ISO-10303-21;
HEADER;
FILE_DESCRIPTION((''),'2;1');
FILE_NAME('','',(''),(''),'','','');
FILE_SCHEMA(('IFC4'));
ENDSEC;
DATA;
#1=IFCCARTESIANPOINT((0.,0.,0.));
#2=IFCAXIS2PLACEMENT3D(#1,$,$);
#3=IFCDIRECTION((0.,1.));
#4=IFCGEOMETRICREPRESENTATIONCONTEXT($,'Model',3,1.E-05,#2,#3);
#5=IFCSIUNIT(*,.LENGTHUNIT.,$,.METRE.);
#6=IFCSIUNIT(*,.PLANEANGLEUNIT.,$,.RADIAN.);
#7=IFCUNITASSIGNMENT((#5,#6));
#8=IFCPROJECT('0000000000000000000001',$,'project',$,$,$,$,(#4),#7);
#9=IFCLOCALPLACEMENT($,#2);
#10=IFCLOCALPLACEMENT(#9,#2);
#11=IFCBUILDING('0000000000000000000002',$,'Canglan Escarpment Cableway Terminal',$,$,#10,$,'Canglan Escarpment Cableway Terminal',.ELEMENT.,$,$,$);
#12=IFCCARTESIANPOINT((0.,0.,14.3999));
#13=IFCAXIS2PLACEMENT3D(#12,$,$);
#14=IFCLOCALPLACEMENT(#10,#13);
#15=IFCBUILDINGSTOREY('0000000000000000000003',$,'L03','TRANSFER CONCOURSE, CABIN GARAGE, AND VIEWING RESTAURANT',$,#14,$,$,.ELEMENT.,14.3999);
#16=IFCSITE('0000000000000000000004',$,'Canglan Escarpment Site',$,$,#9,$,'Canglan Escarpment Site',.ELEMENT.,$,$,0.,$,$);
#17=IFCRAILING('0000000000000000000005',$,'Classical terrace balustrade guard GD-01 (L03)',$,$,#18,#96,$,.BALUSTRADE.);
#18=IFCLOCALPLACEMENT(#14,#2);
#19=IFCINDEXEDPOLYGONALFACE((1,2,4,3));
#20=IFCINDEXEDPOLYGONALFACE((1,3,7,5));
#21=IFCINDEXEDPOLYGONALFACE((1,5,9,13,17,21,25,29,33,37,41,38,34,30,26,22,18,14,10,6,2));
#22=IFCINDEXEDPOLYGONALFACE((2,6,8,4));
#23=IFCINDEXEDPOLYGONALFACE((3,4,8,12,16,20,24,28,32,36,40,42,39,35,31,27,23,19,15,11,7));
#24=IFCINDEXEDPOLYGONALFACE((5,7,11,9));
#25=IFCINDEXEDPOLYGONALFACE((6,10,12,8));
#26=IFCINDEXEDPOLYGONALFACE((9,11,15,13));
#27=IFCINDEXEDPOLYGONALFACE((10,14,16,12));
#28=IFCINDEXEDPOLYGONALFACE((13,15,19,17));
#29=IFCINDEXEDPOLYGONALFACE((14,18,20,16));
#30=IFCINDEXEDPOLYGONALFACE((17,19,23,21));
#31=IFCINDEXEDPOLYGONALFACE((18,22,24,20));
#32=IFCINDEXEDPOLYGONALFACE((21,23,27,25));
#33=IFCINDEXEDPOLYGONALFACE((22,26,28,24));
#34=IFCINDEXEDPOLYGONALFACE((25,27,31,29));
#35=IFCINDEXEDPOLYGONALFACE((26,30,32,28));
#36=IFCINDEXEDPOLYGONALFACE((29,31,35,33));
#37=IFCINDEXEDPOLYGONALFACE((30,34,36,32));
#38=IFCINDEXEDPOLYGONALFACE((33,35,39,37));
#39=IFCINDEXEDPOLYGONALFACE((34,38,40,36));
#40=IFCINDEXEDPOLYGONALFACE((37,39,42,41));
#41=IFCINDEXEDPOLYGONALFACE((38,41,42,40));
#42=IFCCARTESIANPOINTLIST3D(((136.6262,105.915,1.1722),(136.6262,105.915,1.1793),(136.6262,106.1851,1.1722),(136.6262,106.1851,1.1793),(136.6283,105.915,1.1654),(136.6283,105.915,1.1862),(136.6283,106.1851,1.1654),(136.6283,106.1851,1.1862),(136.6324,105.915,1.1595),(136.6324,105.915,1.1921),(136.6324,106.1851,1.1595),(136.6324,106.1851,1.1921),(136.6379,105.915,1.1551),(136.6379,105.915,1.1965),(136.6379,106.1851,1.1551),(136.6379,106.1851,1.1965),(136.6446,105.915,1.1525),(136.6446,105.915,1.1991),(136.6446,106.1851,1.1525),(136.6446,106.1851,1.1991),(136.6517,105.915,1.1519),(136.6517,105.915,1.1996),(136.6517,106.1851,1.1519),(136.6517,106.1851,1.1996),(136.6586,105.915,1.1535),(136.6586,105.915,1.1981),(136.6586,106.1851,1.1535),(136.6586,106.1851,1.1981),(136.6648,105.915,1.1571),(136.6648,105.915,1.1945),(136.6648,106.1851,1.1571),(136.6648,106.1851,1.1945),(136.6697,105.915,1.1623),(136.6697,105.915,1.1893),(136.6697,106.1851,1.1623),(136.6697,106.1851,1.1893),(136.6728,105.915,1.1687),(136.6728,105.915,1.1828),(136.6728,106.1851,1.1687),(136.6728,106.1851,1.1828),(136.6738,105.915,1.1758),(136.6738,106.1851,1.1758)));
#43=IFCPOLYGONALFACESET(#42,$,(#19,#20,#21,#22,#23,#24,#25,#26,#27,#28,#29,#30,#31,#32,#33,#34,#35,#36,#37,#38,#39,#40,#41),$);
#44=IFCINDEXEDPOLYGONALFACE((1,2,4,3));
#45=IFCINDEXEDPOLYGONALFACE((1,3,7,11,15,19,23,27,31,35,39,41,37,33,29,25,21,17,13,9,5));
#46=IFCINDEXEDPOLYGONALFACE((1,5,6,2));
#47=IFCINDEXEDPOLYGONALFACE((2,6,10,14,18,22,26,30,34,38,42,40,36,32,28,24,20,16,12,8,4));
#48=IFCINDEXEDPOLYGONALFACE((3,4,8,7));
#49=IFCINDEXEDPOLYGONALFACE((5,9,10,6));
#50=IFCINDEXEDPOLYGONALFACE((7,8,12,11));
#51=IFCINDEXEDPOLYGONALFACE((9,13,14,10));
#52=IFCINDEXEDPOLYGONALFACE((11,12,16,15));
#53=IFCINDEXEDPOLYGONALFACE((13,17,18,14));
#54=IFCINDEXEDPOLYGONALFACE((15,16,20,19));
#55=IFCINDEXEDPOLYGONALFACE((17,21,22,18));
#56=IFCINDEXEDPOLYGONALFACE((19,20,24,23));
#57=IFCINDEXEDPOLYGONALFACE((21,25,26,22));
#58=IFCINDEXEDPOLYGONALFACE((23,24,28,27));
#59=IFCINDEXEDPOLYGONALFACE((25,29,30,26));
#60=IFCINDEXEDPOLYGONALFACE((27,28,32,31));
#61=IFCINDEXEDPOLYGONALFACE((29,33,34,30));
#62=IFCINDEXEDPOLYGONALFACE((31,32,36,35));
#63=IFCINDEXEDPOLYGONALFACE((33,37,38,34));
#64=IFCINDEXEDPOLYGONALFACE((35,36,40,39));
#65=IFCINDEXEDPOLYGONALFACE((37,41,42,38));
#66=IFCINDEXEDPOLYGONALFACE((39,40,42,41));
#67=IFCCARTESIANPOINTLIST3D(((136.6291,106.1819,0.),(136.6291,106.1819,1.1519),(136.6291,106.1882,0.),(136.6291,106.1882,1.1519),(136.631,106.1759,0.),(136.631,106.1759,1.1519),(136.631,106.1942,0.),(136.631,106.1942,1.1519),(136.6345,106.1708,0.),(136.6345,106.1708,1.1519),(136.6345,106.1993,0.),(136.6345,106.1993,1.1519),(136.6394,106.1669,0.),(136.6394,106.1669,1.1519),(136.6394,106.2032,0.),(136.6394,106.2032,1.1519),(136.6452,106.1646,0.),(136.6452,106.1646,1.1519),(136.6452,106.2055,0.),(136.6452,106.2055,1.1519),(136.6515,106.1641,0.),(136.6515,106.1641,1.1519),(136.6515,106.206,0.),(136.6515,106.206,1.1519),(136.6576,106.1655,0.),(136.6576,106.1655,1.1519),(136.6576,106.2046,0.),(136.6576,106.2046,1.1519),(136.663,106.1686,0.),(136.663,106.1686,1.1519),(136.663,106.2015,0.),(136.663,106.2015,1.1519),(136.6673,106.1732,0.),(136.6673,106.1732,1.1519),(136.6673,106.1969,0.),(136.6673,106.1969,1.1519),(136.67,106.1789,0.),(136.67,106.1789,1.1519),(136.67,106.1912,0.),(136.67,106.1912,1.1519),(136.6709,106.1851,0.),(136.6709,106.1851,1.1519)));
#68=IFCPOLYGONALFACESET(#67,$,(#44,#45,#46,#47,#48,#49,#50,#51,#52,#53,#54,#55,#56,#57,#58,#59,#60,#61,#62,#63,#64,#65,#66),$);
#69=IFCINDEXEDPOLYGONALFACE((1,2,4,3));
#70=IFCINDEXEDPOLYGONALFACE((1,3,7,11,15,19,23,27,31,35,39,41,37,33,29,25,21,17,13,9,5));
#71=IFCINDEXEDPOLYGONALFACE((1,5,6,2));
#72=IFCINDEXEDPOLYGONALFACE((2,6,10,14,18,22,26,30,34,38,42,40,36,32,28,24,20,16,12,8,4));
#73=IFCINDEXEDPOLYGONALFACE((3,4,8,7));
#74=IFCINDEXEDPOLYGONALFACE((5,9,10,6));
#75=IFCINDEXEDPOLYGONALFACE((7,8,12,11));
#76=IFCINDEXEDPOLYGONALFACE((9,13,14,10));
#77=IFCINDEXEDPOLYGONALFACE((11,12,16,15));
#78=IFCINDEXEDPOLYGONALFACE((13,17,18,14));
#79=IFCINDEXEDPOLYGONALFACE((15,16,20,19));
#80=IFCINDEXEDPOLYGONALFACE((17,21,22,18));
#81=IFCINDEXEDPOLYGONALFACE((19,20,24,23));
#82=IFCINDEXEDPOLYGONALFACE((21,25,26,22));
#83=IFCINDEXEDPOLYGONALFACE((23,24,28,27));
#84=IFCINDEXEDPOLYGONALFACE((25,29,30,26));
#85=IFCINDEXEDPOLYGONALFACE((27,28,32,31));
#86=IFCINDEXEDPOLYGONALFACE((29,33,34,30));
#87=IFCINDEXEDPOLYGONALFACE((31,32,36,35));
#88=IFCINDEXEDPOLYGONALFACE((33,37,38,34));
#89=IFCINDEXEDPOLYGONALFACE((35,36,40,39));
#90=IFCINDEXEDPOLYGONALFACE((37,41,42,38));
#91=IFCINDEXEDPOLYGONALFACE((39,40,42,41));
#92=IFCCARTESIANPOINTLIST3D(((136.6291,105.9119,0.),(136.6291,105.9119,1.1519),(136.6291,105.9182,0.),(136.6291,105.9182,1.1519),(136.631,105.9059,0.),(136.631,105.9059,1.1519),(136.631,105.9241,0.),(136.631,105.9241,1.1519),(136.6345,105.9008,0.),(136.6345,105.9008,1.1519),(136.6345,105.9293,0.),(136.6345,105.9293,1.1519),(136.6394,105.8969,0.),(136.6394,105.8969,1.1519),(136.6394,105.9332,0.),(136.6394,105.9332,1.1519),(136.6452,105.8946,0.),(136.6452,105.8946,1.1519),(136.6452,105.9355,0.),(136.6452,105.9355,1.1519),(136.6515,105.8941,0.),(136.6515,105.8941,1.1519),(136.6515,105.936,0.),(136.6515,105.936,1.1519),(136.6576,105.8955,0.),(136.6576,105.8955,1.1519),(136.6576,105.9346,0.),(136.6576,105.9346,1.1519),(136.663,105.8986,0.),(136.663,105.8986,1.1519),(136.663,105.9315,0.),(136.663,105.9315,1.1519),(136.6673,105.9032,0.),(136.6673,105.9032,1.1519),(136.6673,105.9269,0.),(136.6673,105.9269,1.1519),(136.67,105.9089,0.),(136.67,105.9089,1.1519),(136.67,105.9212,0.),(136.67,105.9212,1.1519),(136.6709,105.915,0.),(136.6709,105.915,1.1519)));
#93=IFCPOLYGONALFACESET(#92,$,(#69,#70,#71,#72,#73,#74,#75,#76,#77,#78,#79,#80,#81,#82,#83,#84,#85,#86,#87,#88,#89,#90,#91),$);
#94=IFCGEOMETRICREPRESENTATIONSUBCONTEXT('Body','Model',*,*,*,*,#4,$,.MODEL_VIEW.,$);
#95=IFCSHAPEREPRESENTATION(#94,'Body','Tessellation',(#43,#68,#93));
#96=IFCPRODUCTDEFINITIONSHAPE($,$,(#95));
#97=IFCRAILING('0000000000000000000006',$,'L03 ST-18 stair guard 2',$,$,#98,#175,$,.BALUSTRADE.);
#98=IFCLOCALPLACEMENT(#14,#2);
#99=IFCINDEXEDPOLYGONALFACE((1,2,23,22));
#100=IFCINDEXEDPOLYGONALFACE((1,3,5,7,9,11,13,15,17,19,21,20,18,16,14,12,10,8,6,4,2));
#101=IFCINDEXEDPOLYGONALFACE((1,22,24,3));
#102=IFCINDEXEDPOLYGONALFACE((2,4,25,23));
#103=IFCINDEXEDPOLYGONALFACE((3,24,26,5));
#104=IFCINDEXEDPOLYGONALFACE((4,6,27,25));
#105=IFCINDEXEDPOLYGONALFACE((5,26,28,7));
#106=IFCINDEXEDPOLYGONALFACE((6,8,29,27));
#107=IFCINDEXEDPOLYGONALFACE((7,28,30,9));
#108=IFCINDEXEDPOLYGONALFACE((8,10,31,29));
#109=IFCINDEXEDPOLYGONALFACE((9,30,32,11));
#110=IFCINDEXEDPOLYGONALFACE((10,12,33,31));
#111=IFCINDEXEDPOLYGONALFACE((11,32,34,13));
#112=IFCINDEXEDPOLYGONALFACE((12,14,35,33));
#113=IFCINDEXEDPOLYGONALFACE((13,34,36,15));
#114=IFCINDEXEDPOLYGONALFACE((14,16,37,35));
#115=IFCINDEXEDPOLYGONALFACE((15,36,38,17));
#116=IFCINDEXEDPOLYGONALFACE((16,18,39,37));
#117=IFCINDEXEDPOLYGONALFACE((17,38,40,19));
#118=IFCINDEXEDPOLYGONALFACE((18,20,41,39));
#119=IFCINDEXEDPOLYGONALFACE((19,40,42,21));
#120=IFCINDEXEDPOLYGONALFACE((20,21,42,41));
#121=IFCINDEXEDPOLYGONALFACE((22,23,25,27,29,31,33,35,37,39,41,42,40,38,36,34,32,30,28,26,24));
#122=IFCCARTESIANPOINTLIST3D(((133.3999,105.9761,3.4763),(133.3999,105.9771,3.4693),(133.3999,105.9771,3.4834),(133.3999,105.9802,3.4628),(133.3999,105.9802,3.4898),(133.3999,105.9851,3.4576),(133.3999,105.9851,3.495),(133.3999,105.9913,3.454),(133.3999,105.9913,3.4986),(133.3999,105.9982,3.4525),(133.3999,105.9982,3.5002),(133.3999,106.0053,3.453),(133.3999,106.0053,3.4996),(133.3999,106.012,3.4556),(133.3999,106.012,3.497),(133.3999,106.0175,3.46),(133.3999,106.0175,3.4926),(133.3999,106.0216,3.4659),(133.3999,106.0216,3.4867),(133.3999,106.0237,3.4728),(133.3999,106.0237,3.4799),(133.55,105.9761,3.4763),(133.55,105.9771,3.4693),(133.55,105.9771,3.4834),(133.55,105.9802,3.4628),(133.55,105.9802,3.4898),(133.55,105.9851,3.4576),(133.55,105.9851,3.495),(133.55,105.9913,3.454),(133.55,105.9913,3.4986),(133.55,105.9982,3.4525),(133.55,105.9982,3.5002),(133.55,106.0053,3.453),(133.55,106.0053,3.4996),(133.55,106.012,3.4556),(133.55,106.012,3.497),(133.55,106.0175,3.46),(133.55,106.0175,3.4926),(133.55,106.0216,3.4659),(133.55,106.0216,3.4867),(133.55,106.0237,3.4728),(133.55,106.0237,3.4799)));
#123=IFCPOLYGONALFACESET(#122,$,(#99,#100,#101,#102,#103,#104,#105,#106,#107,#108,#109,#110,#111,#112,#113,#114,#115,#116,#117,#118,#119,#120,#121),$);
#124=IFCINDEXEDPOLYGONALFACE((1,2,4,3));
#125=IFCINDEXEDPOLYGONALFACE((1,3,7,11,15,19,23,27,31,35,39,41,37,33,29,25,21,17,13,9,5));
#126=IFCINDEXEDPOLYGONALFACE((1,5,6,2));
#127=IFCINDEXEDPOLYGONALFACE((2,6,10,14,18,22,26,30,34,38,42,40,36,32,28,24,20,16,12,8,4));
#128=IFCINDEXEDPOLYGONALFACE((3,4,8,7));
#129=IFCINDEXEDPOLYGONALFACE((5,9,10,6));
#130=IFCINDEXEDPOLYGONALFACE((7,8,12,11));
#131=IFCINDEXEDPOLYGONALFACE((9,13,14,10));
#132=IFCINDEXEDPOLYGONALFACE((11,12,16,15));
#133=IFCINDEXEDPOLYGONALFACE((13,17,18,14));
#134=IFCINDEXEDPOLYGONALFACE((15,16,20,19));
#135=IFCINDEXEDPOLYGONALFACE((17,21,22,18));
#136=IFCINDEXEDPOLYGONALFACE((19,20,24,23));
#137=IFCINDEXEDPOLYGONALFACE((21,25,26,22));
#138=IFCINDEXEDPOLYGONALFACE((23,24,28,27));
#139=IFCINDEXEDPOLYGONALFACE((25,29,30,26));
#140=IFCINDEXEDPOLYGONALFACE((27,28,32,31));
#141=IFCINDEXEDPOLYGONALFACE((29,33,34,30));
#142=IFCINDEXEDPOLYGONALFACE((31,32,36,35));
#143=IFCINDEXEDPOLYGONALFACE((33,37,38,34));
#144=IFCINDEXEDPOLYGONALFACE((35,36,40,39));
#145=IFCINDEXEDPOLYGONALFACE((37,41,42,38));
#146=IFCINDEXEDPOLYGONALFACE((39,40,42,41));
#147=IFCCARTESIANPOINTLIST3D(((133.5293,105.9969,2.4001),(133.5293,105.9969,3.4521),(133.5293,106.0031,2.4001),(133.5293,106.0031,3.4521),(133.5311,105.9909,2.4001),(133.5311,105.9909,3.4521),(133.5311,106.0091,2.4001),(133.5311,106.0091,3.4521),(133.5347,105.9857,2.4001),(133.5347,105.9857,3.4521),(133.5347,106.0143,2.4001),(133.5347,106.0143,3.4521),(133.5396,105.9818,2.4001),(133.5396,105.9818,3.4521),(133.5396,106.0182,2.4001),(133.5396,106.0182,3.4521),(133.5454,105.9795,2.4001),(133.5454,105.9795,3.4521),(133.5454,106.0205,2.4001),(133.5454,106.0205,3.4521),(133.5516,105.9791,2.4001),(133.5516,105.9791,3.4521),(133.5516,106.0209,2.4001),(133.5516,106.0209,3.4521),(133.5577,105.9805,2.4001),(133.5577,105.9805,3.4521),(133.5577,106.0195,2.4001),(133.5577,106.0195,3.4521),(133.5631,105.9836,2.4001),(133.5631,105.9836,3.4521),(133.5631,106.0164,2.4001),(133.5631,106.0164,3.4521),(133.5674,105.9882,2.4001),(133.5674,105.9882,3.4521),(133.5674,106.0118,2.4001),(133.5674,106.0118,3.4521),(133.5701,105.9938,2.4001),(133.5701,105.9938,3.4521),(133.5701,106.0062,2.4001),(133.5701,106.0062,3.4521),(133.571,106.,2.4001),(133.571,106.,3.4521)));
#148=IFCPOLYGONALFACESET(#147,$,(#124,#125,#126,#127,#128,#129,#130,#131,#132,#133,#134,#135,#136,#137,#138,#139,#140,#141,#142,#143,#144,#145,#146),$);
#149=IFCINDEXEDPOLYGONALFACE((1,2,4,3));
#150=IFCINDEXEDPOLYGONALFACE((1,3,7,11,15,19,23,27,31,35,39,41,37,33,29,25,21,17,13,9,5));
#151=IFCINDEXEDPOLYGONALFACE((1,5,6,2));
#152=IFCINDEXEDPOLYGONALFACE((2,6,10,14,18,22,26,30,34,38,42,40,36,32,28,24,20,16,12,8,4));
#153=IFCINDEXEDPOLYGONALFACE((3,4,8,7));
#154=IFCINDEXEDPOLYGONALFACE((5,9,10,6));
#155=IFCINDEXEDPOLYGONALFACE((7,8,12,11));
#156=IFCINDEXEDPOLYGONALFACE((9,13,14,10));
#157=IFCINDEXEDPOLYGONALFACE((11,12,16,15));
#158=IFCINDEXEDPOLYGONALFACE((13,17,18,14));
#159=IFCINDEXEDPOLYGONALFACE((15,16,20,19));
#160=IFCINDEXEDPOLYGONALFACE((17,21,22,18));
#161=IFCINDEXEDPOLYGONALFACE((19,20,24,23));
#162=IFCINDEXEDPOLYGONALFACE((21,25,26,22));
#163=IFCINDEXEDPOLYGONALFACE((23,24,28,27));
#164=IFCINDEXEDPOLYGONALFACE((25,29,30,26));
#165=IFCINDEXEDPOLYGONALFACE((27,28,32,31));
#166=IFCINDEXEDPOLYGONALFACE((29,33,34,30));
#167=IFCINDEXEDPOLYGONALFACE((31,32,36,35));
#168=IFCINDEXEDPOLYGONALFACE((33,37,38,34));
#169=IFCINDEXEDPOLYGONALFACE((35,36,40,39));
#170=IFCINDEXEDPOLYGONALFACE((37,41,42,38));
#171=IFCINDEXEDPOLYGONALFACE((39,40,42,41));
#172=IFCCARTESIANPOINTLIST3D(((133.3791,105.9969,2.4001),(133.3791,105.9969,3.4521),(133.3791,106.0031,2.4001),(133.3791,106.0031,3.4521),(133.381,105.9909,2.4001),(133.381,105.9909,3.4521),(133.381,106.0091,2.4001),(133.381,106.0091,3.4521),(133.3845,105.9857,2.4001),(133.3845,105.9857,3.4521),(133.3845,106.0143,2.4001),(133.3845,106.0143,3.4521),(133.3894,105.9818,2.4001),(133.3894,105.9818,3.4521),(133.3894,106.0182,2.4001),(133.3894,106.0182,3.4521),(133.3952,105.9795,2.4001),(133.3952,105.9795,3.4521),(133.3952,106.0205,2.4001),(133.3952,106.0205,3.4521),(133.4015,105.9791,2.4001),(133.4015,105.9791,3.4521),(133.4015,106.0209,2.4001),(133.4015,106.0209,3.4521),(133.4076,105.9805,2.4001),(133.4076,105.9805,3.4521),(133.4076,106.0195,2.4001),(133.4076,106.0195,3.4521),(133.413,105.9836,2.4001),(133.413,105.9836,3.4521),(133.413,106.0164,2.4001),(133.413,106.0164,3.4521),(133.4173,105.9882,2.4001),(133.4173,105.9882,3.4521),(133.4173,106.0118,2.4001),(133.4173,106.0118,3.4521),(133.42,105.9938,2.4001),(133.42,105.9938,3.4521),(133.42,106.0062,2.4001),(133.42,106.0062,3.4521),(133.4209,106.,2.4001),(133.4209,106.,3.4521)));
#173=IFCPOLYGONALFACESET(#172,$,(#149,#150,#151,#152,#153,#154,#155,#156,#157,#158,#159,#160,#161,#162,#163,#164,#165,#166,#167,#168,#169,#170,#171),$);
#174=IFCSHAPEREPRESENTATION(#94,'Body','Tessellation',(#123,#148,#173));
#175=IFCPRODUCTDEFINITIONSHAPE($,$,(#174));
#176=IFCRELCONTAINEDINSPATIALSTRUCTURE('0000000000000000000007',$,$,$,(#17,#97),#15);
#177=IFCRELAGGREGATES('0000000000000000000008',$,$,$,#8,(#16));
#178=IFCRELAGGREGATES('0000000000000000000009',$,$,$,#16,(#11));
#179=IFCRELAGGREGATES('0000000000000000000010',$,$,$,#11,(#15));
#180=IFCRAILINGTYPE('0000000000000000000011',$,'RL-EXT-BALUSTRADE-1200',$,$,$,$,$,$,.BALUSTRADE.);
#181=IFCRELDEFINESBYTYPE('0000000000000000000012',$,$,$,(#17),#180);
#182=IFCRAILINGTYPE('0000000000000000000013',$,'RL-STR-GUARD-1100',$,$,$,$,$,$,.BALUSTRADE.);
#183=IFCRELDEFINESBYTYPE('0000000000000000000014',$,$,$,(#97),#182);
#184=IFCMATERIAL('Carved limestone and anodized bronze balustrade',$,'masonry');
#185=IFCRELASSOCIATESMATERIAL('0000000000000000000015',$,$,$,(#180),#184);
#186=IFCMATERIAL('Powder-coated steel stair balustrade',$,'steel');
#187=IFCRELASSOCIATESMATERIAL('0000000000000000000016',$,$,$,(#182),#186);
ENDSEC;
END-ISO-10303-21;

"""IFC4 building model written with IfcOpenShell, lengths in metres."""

from ifc_helpers import new_model, si_unit, direction, frame, origin, origin_2d, place, context, subcontext, project, spatial, circle, extrude, material, type_object, element, save


model = new_model("IFC4")

# Units and contexts
model_context = context("Model", 3, precision=1e-05, world=origin(), true_north=direction((0.0, 1.0)))
body_context = subcontext(model_context, "Body", "Model", "MODEL_VIEW")
ifc_project = project(units=[si_unit("LENGTHUNIT", "METRE"), si_unit("PLANEANGLEUNIT", "RADIAN")], contexts=[model_context])

# Site, building, storey
site_placement = place(None, origin())
site = spatial("IfcSite", under=ifc_project, at=site_placement, Name="Canglan Escarpment Site", LongName="Canglan Escarpment Site", CompositionType="ELEMENT", RefElevation=0.0)
building_placement = place(site_placement, origin())
building = spatial("IfcBuilding", under=site, at=building_placement, Name="Canglan Escarpment Cableway Terminal", LongName="Canglan Escarpment Cableway Terminal", CompositionType="ELEMENT")
storey_placement = place(building_placement, frame((0.0, 0.0, 14.3999)))
storey = spatial("IfcBuildingStorey", under=building, at=storey_placement, Name="L03", Description="TRANSFER CONCOURSE, CABIN GARAGE, AND VIEWING RESTAURANT", CompositionType="ELEMENT", Elevation=14.3999)

# Railings
ifc_material_1 = material(Name="Carved limestone and anodized bronze balustrade", Category="masonry")
railing_type_1 = type_object("IfcRailingType", Name="RL-EXT-BALUSTRADE-1200", PredefinedType="BALUSTRADE", material=ifc_material_1)
railing_1_placement = place(storey_placement, frame((136.6499, 106.1851, 0.0)))
element("IfcRailing", 1, at=railing_1_placement, inside=storey, type_object=railing_type_1, Name="Classical terrace balustrade guard GD-01 (L03)", PredefinedType="BALUSTRADE", context=body_context, shape_type="SweptSolid", body=[
    extrude(circle(Radius=0.0239, at=origin_2d()), frame((0.0, 0.0, 1.1758), z_axis=(0.0, -1.0, 0.0), x_axis=(1.0, 0.0, 0.0)), (0.0, 0.0, 1.0), 0.27),
    extrude(circle(Radius=0.021, at=origin_2d()), origin(), (0.0, 0.0, 1.0), 1.1519),
    extrude(circle(Radius=0.021, at=origin_2d()), frame((0.0, -0.27, 0.0)), (0.0, 0.0, 1.0), 1.1519),
])
ifc_material_2 = material(Name="Powder-coated steel stair balustrade", Category="steel")
railing_type_2 = type_object("IfcRailingType", Name="RL-STR-GUARD-1100", PredefinedType="BALUSTRADE", material=ifc_material_2)
railing_2_placement = place(storey_placement, frame((133.55, 106.0, 2.4001)))
element("IfcRailing", 2, at=railing_2_placement, inside=storey, type_object=railing_type_2, Name="L03 ST-18 stair guard 2", PredefinedType="BALUSTRADE", context=body_context, shape_type="SweptSolid", body=[
    extrude(circle(Radius=0.0239, at=origin_2d()), frame((0.0, 0.0, 1.0762), z_axis=(-1.0, 0.0, 0.0), x_axis=(0.0, -1.0, 0.0)), (0.0, 0.0, 1.0), 0.1501),
    extrude(circle(Radius=0.021, at=origin_2d()), origin(), (0.0, 0.0, 1.0), 1.052),
    extrude(circle(Radius=0.021, at=origin_2d()), frame((-0.1501, 0.0, 0.0)), (0.0, 0.0, 1.0), 1.052),
])

save(model, "model.ifc")
